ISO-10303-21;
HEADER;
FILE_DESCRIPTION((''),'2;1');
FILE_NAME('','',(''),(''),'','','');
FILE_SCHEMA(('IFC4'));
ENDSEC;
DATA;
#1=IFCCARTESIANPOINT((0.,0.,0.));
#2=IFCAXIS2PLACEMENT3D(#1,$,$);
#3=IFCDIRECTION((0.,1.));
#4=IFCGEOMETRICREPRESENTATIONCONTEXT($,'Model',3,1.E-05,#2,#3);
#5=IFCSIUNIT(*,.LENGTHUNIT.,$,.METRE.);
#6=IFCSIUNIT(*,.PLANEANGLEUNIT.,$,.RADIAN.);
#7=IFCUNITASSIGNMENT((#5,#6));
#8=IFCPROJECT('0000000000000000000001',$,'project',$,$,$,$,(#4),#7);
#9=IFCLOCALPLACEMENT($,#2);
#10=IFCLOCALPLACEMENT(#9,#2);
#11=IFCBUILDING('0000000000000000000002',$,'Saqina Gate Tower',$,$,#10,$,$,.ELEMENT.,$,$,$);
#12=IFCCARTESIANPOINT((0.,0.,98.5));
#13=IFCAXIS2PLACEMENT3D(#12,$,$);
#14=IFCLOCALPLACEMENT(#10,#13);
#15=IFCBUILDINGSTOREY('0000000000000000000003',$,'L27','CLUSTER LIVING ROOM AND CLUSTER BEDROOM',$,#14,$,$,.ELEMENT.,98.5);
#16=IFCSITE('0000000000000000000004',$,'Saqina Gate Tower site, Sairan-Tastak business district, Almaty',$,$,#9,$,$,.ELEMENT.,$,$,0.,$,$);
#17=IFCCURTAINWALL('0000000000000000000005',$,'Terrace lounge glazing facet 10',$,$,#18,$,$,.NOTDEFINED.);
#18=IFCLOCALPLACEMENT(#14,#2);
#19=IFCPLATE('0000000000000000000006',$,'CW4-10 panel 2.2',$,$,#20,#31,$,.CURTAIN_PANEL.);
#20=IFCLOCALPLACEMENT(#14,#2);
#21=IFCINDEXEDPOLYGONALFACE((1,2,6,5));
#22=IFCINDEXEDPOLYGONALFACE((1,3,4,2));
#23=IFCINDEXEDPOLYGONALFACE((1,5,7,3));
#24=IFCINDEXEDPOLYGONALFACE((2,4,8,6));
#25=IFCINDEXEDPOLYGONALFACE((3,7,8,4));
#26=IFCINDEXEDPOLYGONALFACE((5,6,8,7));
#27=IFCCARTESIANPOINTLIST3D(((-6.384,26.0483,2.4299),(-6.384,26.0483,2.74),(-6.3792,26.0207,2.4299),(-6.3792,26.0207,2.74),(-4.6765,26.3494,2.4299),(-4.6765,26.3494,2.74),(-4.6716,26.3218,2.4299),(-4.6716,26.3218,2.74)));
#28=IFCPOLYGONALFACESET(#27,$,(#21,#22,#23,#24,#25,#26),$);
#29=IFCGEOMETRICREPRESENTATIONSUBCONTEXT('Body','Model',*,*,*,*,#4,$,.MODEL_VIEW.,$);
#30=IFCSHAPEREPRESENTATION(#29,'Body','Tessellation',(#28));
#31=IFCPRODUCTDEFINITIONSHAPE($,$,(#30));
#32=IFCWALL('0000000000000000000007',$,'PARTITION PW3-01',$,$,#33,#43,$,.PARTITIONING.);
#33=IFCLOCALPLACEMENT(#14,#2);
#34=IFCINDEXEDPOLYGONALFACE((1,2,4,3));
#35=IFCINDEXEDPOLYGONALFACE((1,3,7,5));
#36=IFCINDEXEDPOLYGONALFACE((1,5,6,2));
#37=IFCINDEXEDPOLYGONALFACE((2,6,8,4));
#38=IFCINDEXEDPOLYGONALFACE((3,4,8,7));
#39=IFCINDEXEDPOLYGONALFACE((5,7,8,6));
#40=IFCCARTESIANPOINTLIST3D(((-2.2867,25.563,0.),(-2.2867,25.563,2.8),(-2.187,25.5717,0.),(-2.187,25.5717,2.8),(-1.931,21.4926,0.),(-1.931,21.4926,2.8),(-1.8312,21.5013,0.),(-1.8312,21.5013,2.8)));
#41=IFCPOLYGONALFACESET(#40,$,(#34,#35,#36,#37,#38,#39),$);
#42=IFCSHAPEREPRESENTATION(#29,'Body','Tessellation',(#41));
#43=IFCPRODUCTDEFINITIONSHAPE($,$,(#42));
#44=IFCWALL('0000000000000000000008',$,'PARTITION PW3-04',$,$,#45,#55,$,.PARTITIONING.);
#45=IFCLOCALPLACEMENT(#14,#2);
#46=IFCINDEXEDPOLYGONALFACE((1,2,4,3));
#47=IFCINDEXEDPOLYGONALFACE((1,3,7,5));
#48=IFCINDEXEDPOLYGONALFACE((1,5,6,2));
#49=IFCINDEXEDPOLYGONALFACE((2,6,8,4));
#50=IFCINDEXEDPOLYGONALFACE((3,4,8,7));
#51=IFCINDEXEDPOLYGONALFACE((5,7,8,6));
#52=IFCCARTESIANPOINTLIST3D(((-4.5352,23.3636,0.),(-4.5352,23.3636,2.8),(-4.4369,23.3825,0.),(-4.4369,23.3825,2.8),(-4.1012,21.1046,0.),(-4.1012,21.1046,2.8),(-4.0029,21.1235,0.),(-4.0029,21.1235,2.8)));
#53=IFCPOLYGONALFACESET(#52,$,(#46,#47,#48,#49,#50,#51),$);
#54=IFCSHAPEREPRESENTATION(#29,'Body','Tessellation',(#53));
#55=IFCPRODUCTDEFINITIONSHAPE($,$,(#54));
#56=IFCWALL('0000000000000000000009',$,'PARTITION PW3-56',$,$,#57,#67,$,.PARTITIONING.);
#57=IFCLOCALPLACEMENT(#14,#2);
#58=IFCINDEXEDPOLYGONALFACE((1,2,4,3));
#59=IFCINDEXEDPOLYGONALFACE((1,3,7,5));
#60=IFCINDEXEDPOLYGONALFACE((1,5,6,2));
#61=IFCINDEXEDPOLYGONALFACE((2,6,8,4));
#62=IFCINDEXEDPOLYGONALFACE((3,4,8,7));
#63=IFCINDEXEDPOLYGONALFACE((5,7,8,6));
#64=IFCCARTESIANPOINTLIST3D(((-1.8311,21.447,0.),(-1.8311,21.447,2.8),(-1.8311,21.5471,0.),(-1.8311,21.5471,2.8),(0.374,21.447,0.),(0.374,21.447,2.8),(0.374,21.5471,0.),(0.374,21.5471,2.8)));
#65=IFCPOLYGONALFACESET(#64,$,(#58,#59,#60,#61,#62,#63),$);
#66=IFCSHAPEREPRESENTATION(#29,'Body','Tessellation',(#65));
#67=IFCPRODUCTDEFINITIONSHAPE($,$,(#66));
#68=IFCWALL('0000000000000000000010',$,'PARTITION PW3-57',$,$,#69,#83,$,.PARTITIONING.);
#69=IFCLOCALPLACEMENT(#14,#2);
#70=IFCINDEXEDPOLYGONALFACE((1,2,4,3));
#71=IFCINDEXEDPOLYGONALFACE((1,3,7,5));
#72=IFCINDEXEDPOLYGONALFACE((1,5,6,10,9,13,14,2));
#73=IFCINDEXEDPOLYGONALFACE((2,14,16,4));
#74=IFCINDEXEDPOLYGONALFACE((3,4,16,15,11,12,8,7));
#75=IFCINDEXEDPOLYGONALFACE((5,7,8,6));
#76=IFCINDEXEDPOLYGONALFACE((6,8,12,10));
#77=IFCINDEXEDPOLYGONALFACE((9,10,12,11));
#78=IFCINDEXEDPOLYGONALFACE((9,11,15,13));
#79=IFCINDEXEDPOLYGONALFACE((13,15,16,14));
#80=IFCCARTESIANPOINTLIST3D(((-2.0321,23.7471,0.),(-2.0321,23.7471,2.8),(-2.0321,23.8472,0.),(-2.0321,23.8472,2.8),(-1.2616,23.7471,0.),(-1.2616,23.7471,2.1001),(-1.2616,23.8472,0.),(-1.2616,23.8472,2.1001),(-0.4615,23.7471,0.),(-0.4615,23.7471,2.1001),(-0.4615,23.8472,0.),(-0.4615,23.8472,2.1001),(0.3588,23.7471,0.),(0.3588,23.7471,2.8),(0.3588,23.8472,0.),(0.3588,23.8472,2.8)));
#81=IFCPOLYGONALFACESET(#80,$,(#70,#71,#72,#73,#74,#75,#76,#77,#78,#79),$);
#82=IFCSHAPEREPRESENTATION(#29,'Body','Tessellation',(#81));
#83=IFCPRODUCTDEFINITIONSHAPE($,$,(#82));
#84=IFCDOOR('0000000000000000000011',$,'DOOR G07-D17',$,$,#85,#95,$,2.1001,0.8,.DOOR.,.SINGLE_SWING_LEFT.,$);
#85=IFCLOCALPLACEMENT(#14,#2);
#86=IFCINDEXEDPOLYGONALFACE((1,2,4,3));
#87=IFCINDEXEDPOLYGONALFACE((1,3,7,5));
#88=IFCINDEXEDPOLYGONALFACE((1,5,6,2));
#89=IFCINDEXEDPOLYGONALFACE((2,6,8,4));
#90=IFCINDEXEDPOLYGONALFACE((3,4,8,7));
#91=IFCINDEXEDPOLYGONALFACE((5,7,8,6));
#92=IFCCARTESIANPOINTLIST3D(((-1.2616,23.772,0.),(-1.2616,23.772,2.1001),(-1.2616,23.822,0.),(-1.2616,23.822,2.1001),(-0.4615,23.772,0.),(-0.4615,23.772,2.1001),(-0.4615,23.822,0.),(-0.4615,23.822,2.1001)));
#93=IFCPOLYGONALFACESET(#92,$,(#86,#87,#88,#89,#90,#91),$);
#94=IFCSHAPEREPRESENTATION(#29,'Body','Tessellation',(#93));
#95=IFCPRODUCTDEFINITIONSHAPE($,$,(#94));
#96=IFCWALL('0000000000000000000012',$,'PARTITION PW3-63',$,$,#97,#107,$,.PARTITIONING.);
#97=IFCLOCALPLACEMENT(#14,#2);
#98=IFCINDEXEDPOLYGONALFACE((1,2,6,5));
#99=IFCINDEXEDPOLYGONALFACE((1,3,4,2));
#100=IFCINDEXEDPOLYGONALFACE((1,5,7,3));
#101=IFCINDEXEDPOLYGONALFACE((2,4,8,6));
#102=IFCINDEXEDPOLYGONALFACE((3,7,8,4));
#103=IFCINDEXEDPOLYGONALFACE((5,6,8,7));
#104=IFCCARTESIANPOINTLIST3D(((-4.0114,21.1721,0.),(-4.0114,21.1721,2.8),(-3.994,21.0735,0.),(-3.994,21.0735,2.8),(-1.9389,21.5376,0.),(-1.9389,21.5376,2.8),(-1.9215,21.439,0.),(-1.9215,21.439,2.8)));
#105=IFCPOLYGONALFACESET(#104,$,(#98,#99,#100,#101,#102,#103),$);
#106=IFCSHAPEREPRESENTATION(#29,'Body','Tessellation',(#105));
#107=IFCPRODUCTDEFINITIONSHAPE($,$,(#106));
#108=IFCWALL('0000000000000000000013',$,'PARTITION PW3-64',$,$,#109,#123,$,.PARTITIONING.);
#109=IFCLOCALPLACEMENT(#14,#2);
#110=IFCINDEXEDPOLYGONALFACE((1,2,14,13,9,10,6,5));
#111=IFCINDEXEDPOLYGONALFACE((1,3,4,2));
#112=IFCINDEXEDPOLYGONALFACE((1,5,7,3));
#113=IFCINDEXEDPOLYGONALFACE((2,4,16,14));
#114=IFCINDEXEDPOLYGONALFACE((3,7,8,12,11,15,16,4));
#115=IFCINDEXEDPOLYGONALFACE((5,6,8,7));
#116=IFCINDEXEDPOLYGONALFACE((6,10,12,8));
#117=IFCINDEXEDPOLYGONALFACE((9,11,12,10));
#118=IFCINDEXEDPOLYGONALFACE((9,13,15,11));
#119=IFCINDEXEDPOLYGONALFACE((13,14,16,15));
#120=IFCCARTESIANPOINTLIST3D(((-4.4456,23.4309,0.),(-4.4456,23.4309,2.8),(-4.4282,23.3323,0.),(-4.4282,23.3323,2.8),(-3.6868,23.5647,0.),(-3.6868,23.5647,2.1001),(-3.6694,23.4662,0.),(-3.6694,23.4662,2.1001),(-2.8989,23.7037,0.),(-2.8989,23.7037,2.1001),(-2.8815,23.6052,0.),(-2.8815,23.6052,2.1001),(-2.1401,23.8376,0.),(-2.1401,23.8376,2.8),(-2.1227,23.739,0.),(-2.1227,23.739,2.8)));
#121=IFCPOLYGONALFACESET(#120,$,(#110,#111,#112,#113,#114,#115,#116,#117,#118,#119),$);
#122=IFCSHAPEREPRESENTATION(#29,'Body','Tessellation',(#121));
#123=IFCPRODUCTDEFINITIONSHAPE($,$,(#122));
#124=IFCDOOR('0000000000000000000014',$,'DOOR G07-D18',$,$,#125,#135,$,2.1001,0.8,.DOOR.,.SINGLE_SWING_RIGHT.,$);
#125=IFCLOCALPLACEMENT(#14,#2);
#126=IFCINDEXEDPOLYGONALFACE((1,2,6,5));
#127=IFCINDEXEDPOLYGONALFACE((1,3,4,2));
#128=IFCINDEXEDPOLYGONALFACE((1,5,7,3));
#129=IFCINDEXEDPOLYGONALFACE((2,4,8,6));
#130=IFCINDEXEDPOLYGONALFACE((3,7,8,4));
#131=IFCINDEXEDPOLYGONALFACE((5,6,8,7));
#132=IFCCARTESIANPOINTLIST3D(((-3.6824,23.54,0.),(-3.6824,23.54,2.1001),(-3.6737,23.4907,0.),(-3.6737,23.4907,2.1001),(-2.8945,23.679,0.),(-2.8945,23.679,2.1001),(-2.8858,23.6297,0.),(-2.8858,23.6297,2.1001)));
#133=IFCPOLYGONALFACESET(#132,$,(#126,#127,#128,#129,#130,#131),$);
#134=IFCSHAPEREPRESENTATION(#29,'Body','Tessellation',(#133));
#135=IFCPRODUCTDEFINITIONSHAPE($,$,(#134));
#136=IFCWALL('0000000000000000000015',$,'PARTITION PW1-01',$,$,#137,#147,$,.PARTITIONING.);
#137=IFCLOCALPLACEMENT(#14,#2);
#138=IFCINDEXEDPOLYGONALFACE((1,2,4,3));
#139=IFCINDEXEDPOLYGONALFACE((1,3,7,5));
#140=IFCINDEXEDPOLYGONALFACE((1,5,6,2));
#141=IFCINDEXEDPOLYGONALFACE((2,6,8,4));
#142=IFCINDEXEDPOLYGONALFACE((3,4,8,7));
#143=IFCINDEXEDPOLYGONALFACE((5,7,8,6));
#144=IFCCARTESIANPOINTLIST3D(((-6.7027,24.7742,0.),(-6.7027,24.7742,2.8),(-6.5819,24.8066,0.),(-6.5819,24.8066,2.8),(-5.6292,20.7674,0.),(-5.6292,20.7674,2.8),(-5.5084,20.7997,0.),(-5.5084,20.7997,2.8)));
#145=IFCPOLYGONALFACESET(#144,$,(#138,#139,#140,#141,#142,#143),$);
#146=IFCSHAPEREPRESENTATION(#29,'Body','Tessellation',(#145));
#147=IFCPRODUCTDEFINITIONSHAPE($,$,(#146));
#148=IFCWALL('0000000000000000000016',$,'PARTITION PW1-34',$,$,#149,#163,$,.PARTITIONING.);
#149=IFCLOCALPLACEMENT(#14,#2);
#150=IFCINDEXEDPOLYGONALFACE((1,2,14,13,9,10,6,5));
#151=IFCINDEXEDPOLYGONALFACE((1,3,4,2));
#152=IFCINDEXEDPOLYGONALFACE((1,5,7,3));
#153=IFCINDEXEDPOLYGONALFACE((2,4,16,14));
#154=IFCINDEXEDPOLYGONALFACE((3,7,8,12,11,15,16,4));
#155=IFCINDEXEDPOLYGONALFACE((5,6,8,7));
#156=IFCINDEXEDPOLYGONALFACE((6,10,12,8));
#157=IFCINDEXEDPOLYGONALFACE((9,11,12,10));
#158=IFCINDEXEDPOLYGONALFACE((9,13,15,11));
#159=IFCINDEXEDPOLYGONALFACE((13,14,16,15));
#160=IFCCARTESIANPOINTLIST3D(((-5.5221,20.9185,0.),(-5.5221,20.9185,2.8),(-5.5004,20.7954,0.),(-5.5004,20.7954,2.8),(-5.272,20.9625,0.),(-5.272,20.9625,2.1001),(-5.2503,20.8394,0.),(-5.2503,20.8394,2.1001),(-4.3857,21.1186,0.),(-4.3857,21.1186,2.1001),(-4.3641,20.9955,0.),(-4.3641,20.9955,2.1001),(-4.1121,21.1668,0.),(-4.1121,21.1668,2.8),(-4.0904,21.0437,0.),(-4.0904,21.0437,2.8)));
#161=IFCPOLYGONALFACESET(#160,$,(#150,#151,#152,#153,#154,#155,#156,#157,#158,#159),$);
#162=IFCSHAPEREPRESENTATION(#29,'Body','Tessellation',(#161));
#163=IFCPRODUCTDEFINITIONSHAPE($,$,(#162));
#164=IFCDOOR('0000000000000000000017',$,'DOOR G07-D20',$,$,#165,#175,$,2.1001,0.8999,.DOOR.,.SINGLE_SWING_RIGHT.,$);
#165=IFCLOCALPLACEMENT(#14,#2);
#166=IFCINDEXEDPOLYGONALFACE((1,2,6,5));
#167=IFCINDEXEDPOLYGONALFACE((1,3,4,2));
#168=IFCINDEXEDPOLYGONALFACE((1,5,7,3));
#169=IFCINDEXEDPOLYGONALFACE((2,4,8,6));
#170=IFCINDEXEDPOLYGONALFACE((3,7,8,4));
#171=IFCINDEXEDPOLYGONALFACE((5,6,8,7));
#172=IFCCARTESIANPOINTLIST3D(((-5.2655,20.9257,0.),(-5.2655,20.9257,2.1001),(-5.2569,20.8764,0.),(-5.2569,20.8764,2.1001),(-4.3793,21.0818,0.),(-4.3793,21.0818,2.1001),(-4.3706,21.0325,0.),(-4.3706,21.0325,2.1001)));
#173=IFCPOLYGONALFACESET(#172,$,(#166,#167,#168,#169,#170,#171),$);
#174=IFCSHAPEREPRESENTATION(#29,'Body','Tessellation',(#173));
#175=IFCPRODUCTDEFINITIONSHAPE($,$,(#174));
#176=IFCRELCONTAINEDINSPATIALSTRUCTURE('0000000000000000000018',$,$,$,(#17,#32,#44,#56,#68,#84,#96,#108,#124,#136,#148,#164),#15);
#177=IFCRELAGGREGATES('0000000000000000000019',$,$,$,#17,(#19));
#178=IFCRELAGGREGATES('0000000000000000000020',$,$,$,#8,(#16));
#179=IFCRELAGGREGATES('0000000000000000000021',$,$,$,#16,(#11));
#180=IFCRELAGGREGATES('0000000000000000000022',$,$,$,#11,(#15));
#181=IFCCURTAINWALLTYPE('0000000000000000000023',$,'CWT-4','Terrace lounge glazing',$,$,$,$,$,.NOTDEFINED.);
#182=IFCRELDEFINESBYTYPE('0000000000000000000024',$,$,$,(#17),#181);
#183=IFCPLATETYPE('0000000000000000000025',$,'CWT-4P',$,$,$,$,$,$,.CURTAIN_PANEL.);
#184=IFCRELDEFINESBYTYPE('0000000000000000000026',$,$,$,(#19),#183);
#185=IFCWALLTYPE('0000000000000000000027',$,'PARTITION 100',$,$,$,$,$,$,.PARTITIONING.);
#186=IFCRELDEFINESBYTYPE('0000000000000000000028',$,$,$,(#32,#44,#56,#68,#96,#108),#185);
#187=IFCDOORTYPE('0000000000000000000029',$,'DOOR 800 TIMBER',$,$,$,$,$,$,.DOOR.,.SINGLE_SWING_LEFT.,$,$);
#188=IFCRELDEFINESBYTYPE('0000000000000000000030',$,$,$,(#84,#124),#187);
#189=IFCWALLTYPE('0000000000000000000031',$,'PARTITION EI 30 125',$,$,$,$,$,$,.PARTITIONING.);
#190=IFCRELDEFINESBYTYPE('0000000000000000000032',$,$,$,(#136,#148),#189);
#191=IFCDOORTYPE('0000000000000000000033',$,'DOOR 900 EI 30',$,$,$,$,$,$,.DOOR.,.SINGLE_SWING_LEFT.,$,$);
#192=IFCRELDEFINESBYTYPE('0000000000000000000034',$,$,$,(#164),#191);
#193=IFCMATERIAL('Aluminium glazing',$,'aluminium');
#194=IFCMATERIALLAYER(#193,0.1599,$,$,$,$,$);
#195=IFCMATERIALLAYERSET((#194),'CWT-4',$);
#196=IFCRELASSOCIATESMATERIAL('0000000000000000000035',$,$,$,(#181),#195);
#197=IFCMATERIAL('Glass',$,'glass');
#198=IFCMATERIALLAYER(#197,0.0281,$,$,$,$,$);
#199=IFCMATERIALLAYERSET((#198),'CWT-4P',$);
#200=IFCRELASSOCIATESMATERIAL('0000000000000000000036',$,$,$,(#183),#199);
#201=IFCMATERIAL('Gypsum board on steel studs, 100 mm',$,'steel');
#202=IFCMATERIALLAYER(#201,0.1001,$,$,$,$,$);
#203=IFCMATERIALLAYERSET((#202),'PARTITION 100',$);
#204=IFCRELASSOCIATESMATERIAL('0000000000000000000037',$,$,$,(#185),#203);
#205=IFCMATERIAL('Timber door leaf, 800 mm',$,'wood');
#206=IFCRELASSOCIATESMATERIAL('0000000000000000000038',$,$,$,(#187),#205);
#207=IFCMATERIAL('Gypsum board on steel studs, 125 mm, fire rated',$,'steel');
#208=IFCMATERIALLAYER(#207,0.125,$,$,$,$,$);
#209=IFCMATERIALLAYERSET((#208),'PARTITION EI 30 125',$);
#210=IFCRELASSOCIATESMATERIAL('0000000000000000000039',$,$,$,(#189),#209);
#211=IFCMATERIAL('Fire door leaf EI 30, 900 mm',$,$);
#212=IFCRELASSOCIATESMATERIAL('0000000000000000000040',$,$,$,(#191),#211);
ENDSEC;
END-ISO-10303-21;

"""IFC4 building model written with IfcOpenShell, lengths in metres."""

from ifc_helpers import new_model, si_unit, direction, frame, frame_2d, origin, origin_2d, place, context, subcontext, project, spatial, rectangle, extrude, material, layer, layer_set, type_object, element, fill, aggregate, save


model = new_model("IFC4")

# Units and contexts
model_context = context("Model", 3, precision=1e-05, world=origin(), true_north=direction((0.0, 1.0)))
body_context = subcontext(model_context, "Body", "Model", "MODEL_VIEW")
ifc_project = project(units=[si_unit("LENGTHUNIT", "METRE"), si_unit("PLANEANGLEUNIT", "RADIAN")], contexts=[model_context])

# Site, building, storey
site_placement = place(None, origin())
site = spatial("IfcSite", under=ifc_project, at=site_placement, Name="Saqina Gate Tower site, Sairan-Tastak business district, Almaty", CompositionType="ELEMENT", RefElevation=0.0)
building_placement = place(site_placement, origin())
building = spatial("IfcBuilding", under=site, at=building_placement, Name="Saqina Gate Tower", CompositionType="ELEMENT")
storey_placement = place(building_placement, frame((0.0, 0.0, 98.5)))
storey = spatial("IfcBuildingStorey", under=building, at=storey_placement, Name="L27", Description="CLUSTER LIVING ROOM AND CLUSTER BEDROOM", CompositionType="ELEMENT", Elevation=98.5)

# Curtain wall, plate
ifc_material_1 = material(Name="Aluminium glazing", Category="aluminium")
ifc_layer_1 = layer(ifc_material_1, 0.1599)
ifc_layer_set_1 = layer_set([ifc_layer_1], Name="CWT-4")
curtain_wall_type = type_object("IfcCurtainWallType", Name="CWT-4", Description="Terrace lounge glazing", PredefinedType="NOTDEFINED", material=ifc_layer_set_1)
curtain_wall_placement = place(storey_placement, origin())
curtain_wall = element("IfcCurtainWall", 1, at=curtain_wall_placement, inside=storey, type_object=curtain_wall_type, Name="Terrace lounge glazing facet 10", PredefinedType="NOTDEFINED")
ifc_material_2 = material(Name="Glass", Category="glass")
ifc_layer_2 = layer(ifc_material_2, 0.0281)
ifc_layer_set_2 = layer_set([ifc_layer_2], Name="CWT-4P")
plate_type = type_object("IfcPlateType", Name="CWT-4P", PredefinedType="CURTAIN_PANEL", material=ifc_layer_set_2)
plate_1_placement = place(storey_placement, frame((-5.5278, 26.1851, 2.4299), z_axis=(0.0, 0.0, 1.0), x_axis=(-0.984809, -0.173638, 0.0)))
plate_1 = element("IfcPlate", 2, at=plate_1_placement, type_object=plate_type, Name="CW4-10 panel 2.2", PredefinedType="CURTAIN_PANEL", context=body_context, shape_type="SweptSolid", body=[
    extrude(rectangle(XDim=1.7339, YDim=0.0281, at=origin_2d()), origin(), (0.0, 0.0, 1.0), 0.3101),
])
aggregate(curtain_wall, [plate_1])

# Walls
ifc_material_3 = material(Name="Gypsum board on steel studs, 100 mm", Category="steel")
ifc_layer_3 = layer(ifc_material_3, 0.1001)
ifc_layer_set_3 = layer_set([ifc_layer_3], Name="PARTITION 100")
wall_type_1 = type_object("IfcWallType", Name="PARTITION 100", PredefinedType="PARTITIONING", material=ifc_layer_set_3)
wall_1_placement = place(storey_placement, frame((-2.2368, 25.5674, 0.0), z_axis=(0.0, 0.0, 1.0), x_axis=(0.08706, -0.996203, 0.0)))
element("IfcWall", 3, at=wall_1_placement, inside=storey, type_object=wall_type_1, Name="PARTITION PW3-01", PredefinedType="PARTITIONING", context=body_context, shape_type="SweptSolid", body=[
    extrude(rectangle(XDim=4.0859, YDim=0.1001, at=frame_2d((2.043, 0.0))), origin(), (0.0, 0.0, 1.0), 2.8),
])
wall_2_placement = place(storey_placement, frame((-4.4861, 23.373, 0.0), z_axis=(0.0, 0.0, 1.0), x_axis=(0.188702, -0.982034, 0.0)))
element("IfcWall", 4, at=wall_2_placement, inside=storey, type_object=wall_type_1, Name="PARTITION PW3-04", PredefinedType="PARTITIONING", context=body_context, shape_type="SweptSolid", body=[
    extrude(rectangle(XDim=2.3003, YDim=0.1001, at=frame_2d((1.1501, 0.0))), origin(), (0.0, 0.0, 1.0), 2.8),
])
wall_3_placement = place(storey_placement, frame((-1.8311, 21.4971, 0.0), z_axis=(0.0, 0.0, 1.0), x_axis=(1.0, 0.0, 0.0)))
element("IfcWall", 5, at=wall_3_placement, inside=storey, type_object=wall_type_1, Name="PARTITION PW3-56", PredefinedType="PARTITIONING", context=body_context, shape_type="SweptSolid", body=[
    extrude(rectangle(XDim=2.2051, YDim=0.1001, at=frame_2d((1.1025, 0.0))), origin(), (0.0, 0.0, 1.0), 2.8),
])

# Wall, opening, door
wall_4_placement = place(storey_placement, frame((-2.032, 23.7971, 0.0), z_axis=(0.0, 0.0, 1.0), x_axis=(1.0, 0.0, 0.0)))
wall_4 = element("IfcWall", 6, at=wall_4_placement, inside=storey, type_object=wall_type_1, Name="PARTITION PW3-57", PredefinedType="PARTITIONING", context=body_context, shape_type="SweptSolid", body=[
    extrude(rectangle(XDim=2.3909, YDim=0.1001, at=frame_2d((1.1953, 0.0))), origin(), (0.0, 0.0, 1.0), 2.8),
])
opening_1_placement = place(wall_4_placement, frame((0.7705, 0.0, 0.0)))
opening_1 = element("IfcOpeningElement", 7, at=opening_1_placement, cuts=wall_4, PredefinedType="OPENING", context=body_context, shape_type="SweptSolid", body=[
    extrude(rectangle(XDim=0.8, YDim=2.1001, at=frame_2d((0.3999, 1.05))), frame((0.0, 0.062, 0.0), z_axis=(0.0, -1.0, 0.0), x_axis=(1.0, 0.0, 0.0)), (0.0, 0.0, 1.0), 0.124),
])
ifc_material_4 = material(Name="Timber door leaf, 800 mm", Category="wood")
door_type_1 = type_object("IfcDoorType", Name="DOOR 800 TIMBER", OperationType="SINGLE_SWING_LEFT", PredefinedType="DOOR", material=ifc_material_4)
door_1_placement = place(opening_1_placement, origin())
door_1 = element("IfcDoor", 8, at=door_1_placement, inside=storey, type_object=door_type_1, Name="DOOR G07-D17", OperationType="SINGLE_SWING_LEFT", OverallHeight=2.1001, OverallWidth=0.8, PredefinedType="DOOR", context=body_context, shape_type="SweptSolid", body=[
    extrude(rectangle(XDim=0.8, YDim=2.1001, at=frame_2d((0.3999, 1.05))), frame((0.0, 0.0249, 0.0), z_axis=(0.0, -1.0, 0.0), x_axis=(1.0, 0.0, 0.0)), (0.0, 0.0, 1.0), 0.05),
])
fill(opening_1, door_1)

# Wall
wall_5_placement = place(storey_placement, frame((-4.0027, 21.1228, 0.0), z_axis=(0.0, 0.0, 1.0), x_axis=(0.984805, 0.173666, 0.0)))
element("IfcWall", 9, at=wall_5_placement, inside=storey, type_object=wall_type_1, Name="PARTITION PW3-63", PredefinedType="PARTITIONING", context=body_context, shape_type="SweptSolid", body=[
    extrude(rectangle(XDim=2.1045, YDim=0.1001, at=frame_2d((1.0522, 0.0))), origin(), (0.0, 0.0, 1.0), 2.8),
])

# Wall, opening, door
wall_6_placement = place(storey_placement, frame((-4.4368, 23.3816, 0.0), z_axis=(0.0, 0.0, 1.0), x_axis=(0.984791, 0.173744, 0.0)))
wall_6 = element("IfcWall", 10, at=wall_6_placement, inside=storey, type_object=wall_type_1, Name="PARTITION PW3-64", PredefinedType="PARTITIONING", context=body_context, shape_type="SweptSolid", body=[
    extrude(rectangle(XDim=2.3411, YDim=0.1001, at=frame_2d((1.1704, 0.0))), origin(), (0.0, 0.0, 1.0), 2.8),
])
opening_2_placement = place(wall_6_placement, frame((0.7705, 0.0, 0.0)))
opening_2 = element("IfcOpeningElement", 11, at=opening_2_placement, cuts=wall_6, PredefinedType="OPENING", context=body_context, shape_type="SweptSolid", body=[
    extrude(rectangle(XDim=0.8, YDim=2.1001, at=frame_2d((0.3999, 1.05))), frame((0.0, 0.062, 0.0), z_axis=(0.0, -1.0, 0.0), x_axis=(1.0, 0.0, 0.0)), (0.0, 0.0, 1.0), 0.124),
])
door_2_placement = place(opening_2_placement, origin())
door_2 = element("IfcDoor", 12, at=door_2_placement, inside=storey, type_object=door_type_1, Name="DOOR G07-D18", OperationType="SINGLE_SWING_RIGHT", OverallHeight=2.1001, OverallWidth=0.8, PredefinedType="DOOR", context=body_context, shape_type="SweptSolid", body=[
    extrude(rectangle(XDim=0.8, YDim=2.1001, at=frame_2d((0.3999, 1.05))), frame((0.0, 0.0249, 0.0), z_axis=(0.0, -1.0, 0.0), x_axis=(1.0, 0.0, 0.0)), (0.0, 0.0, 1.0), 0.05),
])
fill(opening_2, door_2)

# Wall
ifc_material_5 = material(Name="Gypsum board on steel studs, 125 mm, fire rated", Category="steel")
ifc_layer_4 = layer(ifc_material_5, 0.125)
ifc_layer_set_4 = layer_set([ifc_layer_4], Name="PARTITION EI 30 125")
wall_type_2 = type_object("IfcWallType", Name="PARTITION EI 30 125", PredefinedType="PARTITIONING", material=ifc_layer_set_4)
wall_7_placement = place(storey_placement, frame((-6.6423, 24.7905, 0.0), z_axis=(0.0, 0.0, 1.0), x_axis=(0.258787, -0.965934, 0.0)))
element("IfcWall", 13, at=wall_7_placement, inside=storey, type_object=wall_type_2, Name="PARTITION PW1-01", PredefinedType="PARTITIONING", context=body_context, shape_type="SweptSolid", body=[
    extrude(rectangle(XDim=4.1482, YDim=0.125, at=frame_2d((2.0742, 0.0))), origin(), (0.0, 0.0, 1.0), 2.8),
])

# Wall, opening, door
wall_8_placement = place(storey_placement, frame((-5.5112, 20.8569, 0.0), z_axis=(0.0, 0.0, 1.0), x_axis=(0.984845, 0.173435, 0.0)))
wall_8 = element("IfcWall", 14, at=wall_8_placement, inside=storey, type_object=wall_type_2, Name="PARTITION PW1-34", PredefinedType="PARTITIONING", context=body_context, shape_type="SweptSolid", body=[
    extrude(rectangle(XDim=1.4316, YDim=0.125, at=frame_2d((0.7158, 0.0))), origin(), (0.0, 0.0, 1.0), 2.8),
])
opening_3_placement = place(wall_8_placement, frame((0.2539, 0.0, 0.0)))
opening_3 = element("IfcOpeningElement", 15, at=opening_3_placement, cuts=wall_8, PredefinedType="OPENING", context=body_context, shape_type="SweptSolid", body=[
    extrude(rectangle(XDim=0.8999, YDim=2.1001, at=frame_2d((0.45, 1.05))), frame((0.0, 0.0745, 0.0), z_axis=(0.0, -1.0, 0.0), x_axis=(1.0, 0.0, 0.0)), (0.0, 0.0, 1.0), 0.1489),
])
ifc_material_6 = material(Name="Fire door leaf EI 30, 900 mm")
door_type_2 = type_object("IfcDoorType", Name="DOOR 900 EI 30", OperationType="SINGLE_SWING_LEFT", PredefinedType="DOOR", material=ifc_material_6)
door_3_placement = place(opening_3_placement, frame((0.8999, 0.0, 0.0), z_axis=(0.0, 0.0, 1.0), x_axis=(-1.0, 0.0, 0.0)))
door_3 = element("IfcDoor", 16, at=door_3_placement, inside=storey, type_object=door_type_2, Name="DOOR G07-D20", OperationType="SINGLE_SWING_RIGHT", OverallHeight=2.1001, OverallWidth=0.8999, PredefinedType="DOOR", context=body_context, shape_type="SweptSolid", body=[
    extrude(rectangle(XDim=0.8999, YDim=2.1001, at=frame_2d((0.45, 1.05))), frame((0.0, 0.0249, 0.0), z_axis=(0.0, -1.0, 0.0), x_axis=(1.0, 0.0, 0.0)), (0.0, 0.0, 1.0), 0.05),
])
fill(opening_3, door_3)

save(model, "model.ifc")
